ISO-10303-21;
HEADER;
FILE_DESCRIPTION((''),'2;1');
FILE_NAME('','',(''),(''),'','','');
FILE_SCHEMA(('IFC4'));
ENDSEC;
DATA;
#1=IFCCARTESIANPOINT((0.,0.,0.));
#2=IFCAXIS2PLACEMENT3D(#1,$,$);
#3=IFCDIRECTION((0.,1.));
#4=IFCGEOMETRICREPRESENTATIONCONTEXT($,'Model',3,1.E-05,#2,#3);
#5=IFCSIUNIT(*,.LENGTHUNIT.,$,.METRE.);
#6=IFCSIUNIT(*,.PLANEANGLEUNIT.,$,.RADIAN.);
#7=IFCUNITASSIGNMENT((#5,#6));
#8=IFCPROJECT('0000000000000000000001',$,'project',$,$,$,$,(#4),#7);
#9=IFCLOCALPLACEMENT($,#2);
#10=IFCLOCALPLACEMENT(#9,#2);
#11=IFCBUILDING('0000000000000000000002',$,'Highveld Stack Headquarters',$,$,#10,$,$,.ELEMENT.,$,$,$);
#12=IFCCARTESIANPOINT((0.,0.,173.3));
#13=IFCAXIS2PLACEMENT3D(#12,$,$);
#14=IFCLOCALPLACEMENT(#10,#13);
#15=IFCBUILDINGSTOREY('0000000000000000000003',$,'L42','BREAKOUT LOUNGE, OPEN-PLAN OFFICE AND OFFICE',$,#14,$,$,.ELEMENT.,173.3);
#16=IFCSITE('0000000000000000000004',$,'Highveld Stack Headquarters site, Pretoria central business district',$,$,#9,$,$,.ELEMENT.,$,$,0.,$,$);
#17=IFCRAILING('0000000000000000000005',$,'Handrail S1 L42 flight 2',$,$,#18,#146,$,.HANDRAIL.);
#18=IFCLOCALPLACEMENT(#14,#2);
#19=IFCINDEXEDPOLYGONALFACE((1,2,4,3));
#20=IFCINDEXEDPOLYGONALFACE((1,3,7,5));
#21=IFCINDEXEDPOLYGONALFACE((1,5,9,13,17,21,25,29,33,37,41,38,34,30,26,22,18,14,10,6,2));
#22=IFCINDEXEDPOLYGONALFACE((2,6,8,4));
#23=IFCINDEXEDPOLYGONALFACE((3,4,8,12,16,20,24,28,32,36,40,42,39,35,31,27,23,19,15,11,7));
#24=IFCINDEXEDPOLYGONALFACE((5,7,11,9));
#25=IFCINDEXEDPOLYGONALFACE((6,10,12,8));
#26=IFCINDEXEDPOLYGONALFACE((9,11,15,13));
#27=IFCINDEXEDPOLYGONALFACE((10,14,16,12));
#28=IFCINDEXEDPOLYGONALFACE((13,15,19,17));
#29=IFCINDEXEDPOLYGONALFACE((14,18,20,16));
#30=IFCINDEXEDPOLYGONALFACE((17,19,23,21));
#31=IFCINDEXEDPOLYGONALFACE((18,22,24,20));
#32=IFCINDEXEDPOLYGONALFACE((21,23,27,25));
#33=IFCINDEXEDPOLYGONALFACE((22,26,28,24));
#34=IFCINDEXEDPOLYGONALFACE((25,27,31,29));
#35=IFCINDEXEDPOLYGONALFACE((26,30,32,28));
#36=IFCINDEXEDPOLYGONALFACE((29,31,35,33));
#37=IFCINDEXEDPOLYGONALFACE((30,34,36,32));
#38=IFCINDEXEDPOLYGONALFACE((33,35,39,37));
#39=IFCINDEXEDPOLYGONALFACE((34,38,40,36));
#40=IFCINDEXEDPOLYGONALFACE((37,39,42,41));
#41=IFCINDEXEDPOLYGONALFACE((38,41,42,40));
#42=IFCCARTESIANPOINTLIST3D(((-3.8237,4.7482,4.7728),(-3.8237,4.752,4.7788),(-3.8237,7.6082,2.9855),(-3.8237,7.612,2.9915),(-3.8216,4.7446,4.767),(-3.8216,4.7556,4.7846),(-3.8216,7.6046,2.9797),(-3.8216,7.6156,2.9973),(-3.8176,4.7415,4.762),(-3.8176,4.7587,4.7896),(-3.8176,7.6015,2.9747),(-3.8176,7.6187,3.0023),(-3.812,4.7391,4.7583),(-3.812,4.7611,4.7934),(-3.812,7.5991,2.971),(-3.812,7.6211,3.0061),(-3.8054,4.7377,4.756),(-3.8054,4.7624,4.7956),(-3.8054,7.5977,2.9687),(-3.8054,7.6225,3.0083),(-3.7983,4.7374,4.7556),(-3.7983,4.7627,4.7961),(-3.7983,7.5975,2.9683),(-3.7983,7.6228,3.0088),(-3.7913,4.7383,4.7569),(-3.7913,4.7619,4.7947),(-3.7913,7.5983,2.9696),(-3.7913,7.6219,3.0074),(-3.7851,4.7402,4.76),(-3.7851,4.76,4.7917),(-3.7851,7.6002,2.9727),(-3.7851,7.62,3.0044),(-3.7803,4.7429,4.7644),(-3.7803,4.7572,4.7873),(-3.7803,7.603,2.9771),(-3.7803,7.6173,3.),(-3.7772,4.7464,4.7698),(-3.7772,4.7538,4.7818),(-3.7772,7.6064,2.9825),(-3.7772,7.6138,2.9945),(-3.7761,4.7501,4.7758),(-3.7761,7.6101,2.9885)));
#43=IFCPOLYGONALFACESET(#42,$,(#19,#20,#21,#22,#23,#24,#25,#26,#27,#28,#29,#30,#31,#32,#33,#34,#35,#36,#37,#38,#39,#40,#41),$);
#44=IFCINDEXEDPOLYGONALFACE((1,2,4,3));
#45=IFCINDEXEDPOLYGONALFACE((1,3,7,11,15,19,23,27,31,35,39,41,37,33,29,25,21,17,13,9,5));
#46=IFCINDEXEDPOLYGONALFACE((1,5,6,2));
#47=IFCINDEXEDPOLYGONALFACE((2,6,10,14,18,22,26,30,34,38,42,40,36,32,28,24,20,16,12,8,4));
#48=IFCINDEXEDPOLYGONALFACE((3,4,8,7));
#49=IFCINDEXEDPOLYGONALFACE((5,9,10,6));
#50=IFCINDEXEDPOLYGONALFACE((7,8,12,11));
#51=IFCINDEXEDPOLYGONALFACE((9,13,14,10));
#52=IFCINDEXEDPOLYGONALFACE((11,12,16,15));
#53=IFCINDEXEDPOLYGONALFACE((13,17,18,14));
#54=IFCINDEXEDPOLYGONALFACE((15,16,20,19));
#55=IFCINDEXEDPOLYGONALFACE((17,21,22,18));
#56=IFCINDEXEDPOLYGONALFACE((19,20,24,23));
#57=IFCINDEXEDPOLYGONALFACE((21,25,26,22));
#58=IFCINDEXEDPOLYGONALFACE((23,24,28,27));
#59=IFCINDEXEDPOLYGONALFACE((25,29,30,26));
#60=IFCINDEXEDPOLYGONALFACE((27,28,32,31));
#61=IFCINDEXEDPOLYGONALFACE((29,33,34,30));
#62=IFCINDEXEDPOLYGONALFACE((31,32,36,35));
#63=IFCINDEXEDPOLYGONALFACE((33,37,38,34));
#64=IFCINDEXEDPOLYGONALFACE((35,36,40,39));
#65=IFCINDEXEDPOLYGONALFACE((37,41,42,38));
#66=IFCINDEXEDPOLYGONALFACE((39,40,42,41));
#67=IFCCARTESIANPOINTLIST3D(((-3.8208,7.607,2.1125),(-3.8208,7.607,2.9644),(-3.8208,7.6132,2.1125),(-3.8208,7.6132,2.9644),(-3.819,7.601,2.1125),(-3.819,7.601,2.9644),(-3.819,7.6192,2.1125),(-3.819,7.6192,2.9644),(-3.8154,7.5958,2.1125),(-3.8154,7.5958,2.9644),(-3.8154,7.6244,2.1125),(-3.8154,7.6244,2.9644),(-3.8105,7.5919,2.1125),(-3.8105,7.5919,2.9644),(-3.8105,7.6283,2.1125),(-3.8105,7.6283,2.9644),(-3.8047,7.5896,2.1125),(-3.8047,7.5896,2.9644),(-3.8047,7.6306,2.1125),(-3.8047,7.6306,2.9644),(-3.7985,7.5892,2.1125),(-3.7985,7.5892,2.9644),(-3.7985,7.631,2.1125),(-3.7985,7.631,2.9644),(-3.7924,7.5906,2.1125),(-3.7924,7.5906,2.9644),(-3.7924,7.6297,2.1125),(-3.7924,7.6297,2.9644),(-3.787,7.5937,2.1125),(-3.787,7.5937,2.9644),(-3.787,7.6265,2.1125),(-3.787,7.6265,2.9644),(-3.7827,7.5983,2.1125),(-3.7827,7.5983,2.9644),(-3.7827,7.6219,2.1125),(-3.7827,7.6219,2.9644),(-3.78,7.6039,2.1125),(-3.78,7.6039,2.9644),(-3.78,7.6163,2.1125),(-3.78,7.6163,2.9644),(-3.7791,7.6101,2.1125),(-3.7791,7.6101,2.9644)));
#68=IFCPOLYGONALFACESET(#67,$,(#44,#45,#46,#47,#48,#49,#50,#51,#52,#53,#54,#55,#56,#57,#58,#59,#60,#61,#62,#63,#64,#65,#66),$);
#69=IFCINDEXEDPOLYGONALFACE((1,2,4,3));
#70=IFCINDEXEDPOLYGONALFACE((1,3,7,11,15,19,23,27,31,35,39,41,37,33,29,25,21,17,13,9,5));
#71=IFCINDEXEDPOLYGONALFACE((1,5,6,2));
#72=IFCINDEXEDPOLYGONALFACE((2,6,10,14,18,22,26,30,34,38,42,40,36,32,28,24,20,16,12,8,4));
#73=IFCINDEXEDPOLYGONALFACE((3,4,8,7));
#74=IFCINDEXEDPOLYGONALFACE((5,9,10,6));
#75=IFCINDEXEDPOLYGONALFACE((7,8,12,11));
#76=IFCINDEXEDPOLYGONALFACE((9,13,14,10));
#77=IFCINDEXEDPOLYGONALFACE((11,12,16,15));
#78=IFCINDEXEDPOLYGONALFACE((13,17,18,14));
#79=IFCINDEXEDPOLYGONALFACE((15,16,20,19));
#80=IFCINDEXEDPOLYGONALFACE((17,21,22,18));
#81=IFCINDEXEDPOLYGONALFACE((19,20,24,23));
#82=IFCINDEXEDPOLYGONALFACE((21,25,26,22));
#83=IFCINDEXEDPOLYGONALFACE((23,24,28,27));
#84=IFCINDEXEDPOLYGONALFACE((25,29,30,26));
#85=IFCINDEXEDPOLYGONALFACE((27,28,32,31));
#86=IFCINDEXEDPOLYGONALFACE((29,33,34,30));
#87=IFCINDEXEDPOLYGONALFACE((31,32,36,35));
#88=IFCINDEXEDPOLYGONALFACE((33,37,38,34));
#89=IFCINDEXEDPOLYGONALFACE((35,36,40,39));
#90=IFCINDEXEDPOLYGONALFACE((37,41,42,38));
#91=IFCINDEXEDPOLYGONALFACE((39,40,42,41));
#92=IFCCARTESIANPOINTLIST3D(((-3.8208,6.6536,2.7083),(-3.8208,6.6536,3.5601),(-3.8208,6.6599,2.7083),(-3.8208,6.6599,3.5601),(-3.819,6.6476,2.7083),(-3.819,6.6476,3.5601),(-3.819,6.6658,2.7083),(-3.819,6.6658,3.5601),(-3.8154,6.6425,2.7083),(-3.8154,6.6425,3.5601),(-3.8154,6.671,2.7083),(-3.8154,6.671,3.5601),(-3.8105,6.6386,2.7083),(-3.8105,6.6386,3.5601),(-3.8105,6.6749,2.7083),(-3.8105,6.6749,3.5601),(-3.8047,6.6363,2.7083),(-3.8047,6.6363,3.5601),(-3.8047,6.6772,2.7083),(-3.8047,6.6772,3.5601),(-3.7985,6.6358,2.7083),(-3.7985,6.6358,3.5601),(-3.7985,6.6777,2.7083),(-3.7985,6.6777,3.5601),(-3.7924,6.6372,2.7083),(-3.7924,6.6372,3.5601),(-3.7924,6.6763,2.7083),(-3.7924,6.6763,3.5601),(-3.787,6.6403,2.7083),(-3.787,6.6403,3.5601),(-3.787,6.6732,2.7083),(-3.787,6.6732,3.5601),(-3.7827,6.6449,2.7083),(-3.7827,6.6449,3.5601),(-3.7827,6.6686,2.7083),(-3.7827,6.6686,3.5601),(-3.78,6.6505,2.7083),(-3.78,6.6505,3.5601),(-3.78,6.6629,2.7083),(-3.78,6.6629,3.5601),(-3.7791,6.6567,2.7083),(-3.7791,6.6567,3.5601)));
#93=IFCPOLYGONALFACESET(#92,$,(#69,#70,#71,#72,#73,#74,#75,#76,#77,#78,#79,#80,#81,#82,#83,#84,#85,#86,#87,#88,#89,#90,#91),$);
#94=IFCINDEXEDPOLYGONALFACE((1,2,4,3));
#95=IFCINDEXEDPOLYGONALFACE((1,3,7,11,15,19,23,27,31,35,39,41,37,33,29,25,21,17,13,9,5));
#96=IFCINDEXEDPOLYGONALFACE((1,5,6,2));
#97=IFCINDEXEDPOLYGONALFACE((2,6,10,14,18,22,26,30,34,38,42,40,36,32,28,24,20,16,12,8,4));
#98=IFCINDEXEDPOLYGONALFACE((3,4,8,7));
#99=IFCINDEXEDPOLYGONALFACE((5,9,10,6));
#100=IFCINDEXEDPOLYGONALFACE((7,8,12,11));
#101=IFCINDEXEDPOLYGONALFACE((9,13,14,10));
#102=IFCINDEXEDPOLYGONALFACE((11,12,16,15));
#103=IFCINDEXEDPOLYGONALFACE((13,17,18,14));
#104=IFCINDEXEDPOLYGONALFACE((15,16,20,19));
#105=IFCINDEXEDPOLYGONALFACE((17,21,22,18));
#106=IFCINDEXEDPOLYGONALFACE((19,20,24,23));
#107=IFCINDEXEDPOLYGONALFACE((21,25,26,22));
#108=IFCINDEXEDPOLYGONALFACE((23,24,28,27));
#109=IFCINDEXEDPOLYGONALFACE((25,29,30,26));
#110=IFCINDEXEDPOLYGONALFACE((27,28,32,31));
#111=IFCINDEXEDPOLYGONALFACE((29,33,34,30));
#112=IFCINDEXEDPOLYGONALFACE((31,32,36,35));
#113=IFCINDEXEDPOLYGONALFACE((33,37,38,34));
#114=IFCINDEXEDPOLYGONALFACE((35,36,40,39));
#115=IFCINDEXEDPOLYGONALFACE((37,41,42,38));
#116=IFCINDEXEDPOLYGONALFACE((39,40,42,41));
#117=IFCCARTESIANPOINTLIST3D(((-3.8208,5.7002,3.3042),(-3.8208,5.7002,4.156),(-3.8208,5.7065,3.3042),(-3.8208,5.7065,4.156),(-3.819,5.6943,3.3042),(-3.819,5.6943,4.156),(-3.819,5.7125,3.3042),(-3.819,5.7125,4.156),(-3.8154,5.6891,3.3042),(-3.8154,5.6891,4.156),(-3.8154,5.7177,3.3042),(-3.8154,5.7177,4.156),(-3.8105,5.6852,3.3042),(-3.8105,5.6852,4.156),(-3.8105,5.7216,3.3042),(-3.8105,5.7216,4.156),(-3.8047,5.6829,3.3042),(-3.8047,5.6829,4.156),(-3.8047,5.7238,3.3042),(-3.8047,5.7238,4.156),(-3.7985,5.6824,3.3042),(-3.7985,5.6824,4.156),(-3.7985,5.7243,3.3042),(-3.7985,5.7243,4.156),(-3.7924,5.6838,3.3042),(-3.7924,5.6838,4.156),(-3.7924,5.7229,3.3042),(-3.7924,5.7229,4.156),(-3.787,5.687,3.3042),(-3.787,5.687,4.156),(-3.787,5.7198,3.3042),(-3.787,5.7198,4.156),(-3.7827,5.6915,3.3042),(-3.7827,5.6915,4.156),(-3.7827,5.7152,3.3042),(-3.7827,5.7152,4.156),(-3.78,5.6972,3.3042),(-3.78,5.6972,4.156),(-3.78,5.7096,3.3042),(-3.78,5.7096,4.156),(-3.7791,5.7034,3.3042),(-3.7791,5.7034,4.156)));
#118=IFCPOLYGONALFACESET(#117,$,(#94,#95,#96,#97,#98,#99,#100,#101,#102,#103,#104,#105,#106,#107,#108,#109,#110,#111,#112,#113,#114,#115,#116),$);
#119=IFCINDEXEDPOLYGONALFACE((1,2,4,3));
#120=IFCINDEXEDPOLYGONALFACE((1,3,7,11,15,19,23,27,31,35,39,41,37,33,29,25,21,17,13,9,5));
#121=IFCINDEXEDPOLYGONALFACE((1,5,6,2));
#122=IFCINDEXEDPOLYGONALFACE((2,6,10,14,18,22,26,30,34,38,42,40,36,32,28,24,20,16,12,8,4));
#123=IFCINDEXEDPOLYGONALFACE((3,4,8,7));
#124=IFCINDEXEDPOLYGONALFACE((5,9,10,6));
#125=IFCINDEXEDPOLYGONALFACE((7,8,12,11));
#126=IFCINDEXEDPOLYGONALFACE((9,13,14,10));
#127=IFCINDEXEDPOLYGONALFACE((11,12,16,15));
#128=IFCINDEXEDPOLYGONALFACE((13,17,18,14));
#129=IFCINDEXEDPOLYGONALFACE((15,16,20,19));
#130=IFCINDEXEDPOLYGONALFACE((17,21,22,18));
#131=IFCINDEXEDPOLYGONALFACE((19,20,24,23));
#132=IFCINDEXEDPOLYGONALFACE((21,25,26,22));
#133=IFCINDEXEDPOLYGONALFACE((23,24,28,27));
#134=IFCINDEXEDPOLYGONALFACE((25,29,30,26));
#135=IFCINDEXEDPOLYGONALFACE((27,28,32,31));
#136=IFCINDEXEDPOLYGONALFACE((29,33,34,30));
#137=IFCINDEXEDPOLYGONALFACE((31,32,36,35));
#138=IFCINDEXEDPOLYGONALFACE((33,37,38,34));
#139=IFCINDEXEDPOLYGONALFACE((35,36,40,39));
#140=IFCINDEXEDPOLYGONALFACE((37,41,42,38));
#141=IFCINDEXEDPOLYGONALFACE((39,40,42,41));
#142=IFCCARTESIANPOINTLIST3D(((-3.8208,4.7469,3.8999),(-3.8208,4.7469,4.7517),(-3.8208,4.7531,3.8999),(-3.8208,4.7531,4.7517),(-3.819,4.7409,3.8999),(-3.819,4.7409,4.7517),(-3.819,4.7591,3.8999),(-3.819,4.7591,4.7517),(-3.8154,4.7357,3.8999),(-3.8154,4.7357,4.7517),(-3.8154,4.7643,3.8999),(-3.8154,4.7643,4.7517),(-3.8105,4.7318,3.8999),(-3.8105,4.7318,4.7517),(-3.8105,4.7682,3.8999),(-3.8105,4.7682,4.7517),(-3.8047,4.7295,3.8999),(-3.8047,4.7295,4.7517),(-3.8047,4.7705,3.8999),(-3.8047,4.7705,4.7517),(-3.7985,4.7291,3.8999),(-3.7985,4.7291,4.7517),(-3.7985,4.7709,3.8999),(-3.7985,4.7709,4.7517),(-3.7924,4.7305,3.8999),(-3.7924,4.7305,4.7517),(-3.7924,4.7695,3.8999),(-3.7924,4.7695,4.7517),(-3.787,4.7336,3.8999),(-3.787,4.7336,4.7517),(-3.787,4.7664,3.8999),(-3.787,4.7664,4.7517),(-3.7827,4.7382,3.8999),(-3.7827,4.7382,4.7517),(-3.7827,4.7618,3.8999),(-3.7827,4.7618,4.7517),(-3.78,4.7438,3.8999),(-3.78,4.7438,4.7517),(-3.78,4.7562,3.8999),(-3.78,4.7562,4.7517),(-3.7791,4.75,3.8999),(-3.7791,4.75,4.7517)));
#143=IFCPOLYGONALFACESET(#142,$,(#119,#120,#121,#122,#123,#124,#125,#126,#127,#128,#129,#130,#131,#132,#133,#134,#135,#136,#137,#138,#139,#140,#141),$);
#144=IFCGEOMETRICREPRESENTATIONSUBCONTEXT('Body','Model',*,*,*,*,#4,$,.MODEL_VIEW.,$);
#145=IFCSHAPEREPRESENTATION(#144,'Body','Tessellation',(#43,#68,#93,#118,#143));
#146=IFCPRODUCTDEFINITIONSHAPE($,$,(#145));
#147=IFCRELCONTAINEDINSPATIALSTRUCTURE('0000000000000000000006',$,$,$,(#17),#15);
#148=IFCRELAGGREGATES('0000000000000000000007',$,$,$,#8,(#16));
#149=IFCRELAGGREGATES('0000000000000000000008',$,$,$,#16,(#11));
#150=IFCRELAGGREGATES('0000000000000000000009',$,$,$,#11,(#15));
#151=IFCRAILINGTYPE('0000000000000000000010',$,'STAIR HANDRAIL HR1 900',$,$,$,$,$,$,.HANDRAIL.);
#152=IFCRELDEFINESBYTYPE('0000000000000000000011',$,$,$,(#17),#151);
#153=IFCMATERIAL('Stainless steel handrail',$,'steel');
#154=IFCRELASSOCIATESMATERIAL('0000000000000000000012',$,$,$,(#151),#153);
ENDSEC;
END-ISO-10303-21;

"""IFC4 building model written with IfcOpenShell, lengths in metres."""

from ifc_helpers import new_model, si_unit, direction, frame, origin, origin_2d, place, context, subcontext, project, spatial, circle, extrude, material, type_object, element, save


model = new_model("IFC4")

# Units and contexts
model_context = context("Model", 3, precision=1e-05, world=origin(), true_north=direction((0.0, 1.0)))
body_context = subcontext(model_context, "Body", "Model", "MODEL_VIEW")
ifc_project = project(units=[si_unit("LENGTHUNIT", "METRE"), si_unit("PLANEANGLEUNIT", "RADIAN")], contexts=[model_context])

# Site, building, storey
site_placement = place(None, origin())
site = spatial("IfcSite", under=ifc_project, at=site_placement, Name="Highveld Stack Headquarters site, Pretoria central business district", CompositionType="ELEMENT", RefElevation=0.0)
building_placement = place(site_placement, origin())
building = spatial("IfcBuilding", under=site, at=building_placement, Name="Highveld Stack Headquarters", CompositionType="ELEMENT")
storey_placement = place(building_placement, frame((0.0, 0.0, 173.3)))
storey = spatial("IfcBuildingStorey", under=building, at=storey_placement, Name="L42", Description="BREAKOUT LOUNGE, OPEN-PLAN OFFICE AND OFFICE", CompositionType="ELEMENT", Elevation=173.3)

# Railing
ifc_material_1 = material(Name="Stainless steel handrail", Category="steel")
railing_type = type_object("IfcRailingType", Name="STAIR HANDRAIL HR1 900", PredefinedType="HANDRAIL", material=ifc_material_1)
for number, where, name in (
    (1, (-3.8, 7.6101, 2.1125), "Handrail S1 L42 flight 2"),
):
    element("IfcRailing", number, at=place(storey_placement, frame(where)), inside=storey, type_object=railing_type, Name=name, PredefinedType="HANDRAIL", context=body_context, shape_type="SweptSolid", body=[
        extrude(circle(Radius=0.0239, at=origin_2d()), frame((0.0, 0.0, 0.876), z_axis=(0.0, -0.848027, 0.529953), x_axis=(1.0, 0.0, 0.0)), (0.0, 0.0, 1.0), 3.3726),
        extrude(circle(Radius=0.021, at=origin_2d()), origin(), (0.0, 0.0, 1.0), 0.8518),
        extrude(circle(Radius=0.021, at=origin_2d()), frame((0.0, -0.9534, 0.5957)), (0.0, 0.0, 1.0), 0.8518),
        extrude(circle(Radius=0.021, at=origin_2d()), frame((0.0, -1.9067, 1.1917)), (0.0, 0.0, 1.0), 0.8518),
        extrude(circle(Radius=0.021, at=origin_2d()), frame((0.0, -2.8601, 1.7874)), (0.0, 0.0, 1.0), 0.8518),
    ])

save(model, "model.ifc")
